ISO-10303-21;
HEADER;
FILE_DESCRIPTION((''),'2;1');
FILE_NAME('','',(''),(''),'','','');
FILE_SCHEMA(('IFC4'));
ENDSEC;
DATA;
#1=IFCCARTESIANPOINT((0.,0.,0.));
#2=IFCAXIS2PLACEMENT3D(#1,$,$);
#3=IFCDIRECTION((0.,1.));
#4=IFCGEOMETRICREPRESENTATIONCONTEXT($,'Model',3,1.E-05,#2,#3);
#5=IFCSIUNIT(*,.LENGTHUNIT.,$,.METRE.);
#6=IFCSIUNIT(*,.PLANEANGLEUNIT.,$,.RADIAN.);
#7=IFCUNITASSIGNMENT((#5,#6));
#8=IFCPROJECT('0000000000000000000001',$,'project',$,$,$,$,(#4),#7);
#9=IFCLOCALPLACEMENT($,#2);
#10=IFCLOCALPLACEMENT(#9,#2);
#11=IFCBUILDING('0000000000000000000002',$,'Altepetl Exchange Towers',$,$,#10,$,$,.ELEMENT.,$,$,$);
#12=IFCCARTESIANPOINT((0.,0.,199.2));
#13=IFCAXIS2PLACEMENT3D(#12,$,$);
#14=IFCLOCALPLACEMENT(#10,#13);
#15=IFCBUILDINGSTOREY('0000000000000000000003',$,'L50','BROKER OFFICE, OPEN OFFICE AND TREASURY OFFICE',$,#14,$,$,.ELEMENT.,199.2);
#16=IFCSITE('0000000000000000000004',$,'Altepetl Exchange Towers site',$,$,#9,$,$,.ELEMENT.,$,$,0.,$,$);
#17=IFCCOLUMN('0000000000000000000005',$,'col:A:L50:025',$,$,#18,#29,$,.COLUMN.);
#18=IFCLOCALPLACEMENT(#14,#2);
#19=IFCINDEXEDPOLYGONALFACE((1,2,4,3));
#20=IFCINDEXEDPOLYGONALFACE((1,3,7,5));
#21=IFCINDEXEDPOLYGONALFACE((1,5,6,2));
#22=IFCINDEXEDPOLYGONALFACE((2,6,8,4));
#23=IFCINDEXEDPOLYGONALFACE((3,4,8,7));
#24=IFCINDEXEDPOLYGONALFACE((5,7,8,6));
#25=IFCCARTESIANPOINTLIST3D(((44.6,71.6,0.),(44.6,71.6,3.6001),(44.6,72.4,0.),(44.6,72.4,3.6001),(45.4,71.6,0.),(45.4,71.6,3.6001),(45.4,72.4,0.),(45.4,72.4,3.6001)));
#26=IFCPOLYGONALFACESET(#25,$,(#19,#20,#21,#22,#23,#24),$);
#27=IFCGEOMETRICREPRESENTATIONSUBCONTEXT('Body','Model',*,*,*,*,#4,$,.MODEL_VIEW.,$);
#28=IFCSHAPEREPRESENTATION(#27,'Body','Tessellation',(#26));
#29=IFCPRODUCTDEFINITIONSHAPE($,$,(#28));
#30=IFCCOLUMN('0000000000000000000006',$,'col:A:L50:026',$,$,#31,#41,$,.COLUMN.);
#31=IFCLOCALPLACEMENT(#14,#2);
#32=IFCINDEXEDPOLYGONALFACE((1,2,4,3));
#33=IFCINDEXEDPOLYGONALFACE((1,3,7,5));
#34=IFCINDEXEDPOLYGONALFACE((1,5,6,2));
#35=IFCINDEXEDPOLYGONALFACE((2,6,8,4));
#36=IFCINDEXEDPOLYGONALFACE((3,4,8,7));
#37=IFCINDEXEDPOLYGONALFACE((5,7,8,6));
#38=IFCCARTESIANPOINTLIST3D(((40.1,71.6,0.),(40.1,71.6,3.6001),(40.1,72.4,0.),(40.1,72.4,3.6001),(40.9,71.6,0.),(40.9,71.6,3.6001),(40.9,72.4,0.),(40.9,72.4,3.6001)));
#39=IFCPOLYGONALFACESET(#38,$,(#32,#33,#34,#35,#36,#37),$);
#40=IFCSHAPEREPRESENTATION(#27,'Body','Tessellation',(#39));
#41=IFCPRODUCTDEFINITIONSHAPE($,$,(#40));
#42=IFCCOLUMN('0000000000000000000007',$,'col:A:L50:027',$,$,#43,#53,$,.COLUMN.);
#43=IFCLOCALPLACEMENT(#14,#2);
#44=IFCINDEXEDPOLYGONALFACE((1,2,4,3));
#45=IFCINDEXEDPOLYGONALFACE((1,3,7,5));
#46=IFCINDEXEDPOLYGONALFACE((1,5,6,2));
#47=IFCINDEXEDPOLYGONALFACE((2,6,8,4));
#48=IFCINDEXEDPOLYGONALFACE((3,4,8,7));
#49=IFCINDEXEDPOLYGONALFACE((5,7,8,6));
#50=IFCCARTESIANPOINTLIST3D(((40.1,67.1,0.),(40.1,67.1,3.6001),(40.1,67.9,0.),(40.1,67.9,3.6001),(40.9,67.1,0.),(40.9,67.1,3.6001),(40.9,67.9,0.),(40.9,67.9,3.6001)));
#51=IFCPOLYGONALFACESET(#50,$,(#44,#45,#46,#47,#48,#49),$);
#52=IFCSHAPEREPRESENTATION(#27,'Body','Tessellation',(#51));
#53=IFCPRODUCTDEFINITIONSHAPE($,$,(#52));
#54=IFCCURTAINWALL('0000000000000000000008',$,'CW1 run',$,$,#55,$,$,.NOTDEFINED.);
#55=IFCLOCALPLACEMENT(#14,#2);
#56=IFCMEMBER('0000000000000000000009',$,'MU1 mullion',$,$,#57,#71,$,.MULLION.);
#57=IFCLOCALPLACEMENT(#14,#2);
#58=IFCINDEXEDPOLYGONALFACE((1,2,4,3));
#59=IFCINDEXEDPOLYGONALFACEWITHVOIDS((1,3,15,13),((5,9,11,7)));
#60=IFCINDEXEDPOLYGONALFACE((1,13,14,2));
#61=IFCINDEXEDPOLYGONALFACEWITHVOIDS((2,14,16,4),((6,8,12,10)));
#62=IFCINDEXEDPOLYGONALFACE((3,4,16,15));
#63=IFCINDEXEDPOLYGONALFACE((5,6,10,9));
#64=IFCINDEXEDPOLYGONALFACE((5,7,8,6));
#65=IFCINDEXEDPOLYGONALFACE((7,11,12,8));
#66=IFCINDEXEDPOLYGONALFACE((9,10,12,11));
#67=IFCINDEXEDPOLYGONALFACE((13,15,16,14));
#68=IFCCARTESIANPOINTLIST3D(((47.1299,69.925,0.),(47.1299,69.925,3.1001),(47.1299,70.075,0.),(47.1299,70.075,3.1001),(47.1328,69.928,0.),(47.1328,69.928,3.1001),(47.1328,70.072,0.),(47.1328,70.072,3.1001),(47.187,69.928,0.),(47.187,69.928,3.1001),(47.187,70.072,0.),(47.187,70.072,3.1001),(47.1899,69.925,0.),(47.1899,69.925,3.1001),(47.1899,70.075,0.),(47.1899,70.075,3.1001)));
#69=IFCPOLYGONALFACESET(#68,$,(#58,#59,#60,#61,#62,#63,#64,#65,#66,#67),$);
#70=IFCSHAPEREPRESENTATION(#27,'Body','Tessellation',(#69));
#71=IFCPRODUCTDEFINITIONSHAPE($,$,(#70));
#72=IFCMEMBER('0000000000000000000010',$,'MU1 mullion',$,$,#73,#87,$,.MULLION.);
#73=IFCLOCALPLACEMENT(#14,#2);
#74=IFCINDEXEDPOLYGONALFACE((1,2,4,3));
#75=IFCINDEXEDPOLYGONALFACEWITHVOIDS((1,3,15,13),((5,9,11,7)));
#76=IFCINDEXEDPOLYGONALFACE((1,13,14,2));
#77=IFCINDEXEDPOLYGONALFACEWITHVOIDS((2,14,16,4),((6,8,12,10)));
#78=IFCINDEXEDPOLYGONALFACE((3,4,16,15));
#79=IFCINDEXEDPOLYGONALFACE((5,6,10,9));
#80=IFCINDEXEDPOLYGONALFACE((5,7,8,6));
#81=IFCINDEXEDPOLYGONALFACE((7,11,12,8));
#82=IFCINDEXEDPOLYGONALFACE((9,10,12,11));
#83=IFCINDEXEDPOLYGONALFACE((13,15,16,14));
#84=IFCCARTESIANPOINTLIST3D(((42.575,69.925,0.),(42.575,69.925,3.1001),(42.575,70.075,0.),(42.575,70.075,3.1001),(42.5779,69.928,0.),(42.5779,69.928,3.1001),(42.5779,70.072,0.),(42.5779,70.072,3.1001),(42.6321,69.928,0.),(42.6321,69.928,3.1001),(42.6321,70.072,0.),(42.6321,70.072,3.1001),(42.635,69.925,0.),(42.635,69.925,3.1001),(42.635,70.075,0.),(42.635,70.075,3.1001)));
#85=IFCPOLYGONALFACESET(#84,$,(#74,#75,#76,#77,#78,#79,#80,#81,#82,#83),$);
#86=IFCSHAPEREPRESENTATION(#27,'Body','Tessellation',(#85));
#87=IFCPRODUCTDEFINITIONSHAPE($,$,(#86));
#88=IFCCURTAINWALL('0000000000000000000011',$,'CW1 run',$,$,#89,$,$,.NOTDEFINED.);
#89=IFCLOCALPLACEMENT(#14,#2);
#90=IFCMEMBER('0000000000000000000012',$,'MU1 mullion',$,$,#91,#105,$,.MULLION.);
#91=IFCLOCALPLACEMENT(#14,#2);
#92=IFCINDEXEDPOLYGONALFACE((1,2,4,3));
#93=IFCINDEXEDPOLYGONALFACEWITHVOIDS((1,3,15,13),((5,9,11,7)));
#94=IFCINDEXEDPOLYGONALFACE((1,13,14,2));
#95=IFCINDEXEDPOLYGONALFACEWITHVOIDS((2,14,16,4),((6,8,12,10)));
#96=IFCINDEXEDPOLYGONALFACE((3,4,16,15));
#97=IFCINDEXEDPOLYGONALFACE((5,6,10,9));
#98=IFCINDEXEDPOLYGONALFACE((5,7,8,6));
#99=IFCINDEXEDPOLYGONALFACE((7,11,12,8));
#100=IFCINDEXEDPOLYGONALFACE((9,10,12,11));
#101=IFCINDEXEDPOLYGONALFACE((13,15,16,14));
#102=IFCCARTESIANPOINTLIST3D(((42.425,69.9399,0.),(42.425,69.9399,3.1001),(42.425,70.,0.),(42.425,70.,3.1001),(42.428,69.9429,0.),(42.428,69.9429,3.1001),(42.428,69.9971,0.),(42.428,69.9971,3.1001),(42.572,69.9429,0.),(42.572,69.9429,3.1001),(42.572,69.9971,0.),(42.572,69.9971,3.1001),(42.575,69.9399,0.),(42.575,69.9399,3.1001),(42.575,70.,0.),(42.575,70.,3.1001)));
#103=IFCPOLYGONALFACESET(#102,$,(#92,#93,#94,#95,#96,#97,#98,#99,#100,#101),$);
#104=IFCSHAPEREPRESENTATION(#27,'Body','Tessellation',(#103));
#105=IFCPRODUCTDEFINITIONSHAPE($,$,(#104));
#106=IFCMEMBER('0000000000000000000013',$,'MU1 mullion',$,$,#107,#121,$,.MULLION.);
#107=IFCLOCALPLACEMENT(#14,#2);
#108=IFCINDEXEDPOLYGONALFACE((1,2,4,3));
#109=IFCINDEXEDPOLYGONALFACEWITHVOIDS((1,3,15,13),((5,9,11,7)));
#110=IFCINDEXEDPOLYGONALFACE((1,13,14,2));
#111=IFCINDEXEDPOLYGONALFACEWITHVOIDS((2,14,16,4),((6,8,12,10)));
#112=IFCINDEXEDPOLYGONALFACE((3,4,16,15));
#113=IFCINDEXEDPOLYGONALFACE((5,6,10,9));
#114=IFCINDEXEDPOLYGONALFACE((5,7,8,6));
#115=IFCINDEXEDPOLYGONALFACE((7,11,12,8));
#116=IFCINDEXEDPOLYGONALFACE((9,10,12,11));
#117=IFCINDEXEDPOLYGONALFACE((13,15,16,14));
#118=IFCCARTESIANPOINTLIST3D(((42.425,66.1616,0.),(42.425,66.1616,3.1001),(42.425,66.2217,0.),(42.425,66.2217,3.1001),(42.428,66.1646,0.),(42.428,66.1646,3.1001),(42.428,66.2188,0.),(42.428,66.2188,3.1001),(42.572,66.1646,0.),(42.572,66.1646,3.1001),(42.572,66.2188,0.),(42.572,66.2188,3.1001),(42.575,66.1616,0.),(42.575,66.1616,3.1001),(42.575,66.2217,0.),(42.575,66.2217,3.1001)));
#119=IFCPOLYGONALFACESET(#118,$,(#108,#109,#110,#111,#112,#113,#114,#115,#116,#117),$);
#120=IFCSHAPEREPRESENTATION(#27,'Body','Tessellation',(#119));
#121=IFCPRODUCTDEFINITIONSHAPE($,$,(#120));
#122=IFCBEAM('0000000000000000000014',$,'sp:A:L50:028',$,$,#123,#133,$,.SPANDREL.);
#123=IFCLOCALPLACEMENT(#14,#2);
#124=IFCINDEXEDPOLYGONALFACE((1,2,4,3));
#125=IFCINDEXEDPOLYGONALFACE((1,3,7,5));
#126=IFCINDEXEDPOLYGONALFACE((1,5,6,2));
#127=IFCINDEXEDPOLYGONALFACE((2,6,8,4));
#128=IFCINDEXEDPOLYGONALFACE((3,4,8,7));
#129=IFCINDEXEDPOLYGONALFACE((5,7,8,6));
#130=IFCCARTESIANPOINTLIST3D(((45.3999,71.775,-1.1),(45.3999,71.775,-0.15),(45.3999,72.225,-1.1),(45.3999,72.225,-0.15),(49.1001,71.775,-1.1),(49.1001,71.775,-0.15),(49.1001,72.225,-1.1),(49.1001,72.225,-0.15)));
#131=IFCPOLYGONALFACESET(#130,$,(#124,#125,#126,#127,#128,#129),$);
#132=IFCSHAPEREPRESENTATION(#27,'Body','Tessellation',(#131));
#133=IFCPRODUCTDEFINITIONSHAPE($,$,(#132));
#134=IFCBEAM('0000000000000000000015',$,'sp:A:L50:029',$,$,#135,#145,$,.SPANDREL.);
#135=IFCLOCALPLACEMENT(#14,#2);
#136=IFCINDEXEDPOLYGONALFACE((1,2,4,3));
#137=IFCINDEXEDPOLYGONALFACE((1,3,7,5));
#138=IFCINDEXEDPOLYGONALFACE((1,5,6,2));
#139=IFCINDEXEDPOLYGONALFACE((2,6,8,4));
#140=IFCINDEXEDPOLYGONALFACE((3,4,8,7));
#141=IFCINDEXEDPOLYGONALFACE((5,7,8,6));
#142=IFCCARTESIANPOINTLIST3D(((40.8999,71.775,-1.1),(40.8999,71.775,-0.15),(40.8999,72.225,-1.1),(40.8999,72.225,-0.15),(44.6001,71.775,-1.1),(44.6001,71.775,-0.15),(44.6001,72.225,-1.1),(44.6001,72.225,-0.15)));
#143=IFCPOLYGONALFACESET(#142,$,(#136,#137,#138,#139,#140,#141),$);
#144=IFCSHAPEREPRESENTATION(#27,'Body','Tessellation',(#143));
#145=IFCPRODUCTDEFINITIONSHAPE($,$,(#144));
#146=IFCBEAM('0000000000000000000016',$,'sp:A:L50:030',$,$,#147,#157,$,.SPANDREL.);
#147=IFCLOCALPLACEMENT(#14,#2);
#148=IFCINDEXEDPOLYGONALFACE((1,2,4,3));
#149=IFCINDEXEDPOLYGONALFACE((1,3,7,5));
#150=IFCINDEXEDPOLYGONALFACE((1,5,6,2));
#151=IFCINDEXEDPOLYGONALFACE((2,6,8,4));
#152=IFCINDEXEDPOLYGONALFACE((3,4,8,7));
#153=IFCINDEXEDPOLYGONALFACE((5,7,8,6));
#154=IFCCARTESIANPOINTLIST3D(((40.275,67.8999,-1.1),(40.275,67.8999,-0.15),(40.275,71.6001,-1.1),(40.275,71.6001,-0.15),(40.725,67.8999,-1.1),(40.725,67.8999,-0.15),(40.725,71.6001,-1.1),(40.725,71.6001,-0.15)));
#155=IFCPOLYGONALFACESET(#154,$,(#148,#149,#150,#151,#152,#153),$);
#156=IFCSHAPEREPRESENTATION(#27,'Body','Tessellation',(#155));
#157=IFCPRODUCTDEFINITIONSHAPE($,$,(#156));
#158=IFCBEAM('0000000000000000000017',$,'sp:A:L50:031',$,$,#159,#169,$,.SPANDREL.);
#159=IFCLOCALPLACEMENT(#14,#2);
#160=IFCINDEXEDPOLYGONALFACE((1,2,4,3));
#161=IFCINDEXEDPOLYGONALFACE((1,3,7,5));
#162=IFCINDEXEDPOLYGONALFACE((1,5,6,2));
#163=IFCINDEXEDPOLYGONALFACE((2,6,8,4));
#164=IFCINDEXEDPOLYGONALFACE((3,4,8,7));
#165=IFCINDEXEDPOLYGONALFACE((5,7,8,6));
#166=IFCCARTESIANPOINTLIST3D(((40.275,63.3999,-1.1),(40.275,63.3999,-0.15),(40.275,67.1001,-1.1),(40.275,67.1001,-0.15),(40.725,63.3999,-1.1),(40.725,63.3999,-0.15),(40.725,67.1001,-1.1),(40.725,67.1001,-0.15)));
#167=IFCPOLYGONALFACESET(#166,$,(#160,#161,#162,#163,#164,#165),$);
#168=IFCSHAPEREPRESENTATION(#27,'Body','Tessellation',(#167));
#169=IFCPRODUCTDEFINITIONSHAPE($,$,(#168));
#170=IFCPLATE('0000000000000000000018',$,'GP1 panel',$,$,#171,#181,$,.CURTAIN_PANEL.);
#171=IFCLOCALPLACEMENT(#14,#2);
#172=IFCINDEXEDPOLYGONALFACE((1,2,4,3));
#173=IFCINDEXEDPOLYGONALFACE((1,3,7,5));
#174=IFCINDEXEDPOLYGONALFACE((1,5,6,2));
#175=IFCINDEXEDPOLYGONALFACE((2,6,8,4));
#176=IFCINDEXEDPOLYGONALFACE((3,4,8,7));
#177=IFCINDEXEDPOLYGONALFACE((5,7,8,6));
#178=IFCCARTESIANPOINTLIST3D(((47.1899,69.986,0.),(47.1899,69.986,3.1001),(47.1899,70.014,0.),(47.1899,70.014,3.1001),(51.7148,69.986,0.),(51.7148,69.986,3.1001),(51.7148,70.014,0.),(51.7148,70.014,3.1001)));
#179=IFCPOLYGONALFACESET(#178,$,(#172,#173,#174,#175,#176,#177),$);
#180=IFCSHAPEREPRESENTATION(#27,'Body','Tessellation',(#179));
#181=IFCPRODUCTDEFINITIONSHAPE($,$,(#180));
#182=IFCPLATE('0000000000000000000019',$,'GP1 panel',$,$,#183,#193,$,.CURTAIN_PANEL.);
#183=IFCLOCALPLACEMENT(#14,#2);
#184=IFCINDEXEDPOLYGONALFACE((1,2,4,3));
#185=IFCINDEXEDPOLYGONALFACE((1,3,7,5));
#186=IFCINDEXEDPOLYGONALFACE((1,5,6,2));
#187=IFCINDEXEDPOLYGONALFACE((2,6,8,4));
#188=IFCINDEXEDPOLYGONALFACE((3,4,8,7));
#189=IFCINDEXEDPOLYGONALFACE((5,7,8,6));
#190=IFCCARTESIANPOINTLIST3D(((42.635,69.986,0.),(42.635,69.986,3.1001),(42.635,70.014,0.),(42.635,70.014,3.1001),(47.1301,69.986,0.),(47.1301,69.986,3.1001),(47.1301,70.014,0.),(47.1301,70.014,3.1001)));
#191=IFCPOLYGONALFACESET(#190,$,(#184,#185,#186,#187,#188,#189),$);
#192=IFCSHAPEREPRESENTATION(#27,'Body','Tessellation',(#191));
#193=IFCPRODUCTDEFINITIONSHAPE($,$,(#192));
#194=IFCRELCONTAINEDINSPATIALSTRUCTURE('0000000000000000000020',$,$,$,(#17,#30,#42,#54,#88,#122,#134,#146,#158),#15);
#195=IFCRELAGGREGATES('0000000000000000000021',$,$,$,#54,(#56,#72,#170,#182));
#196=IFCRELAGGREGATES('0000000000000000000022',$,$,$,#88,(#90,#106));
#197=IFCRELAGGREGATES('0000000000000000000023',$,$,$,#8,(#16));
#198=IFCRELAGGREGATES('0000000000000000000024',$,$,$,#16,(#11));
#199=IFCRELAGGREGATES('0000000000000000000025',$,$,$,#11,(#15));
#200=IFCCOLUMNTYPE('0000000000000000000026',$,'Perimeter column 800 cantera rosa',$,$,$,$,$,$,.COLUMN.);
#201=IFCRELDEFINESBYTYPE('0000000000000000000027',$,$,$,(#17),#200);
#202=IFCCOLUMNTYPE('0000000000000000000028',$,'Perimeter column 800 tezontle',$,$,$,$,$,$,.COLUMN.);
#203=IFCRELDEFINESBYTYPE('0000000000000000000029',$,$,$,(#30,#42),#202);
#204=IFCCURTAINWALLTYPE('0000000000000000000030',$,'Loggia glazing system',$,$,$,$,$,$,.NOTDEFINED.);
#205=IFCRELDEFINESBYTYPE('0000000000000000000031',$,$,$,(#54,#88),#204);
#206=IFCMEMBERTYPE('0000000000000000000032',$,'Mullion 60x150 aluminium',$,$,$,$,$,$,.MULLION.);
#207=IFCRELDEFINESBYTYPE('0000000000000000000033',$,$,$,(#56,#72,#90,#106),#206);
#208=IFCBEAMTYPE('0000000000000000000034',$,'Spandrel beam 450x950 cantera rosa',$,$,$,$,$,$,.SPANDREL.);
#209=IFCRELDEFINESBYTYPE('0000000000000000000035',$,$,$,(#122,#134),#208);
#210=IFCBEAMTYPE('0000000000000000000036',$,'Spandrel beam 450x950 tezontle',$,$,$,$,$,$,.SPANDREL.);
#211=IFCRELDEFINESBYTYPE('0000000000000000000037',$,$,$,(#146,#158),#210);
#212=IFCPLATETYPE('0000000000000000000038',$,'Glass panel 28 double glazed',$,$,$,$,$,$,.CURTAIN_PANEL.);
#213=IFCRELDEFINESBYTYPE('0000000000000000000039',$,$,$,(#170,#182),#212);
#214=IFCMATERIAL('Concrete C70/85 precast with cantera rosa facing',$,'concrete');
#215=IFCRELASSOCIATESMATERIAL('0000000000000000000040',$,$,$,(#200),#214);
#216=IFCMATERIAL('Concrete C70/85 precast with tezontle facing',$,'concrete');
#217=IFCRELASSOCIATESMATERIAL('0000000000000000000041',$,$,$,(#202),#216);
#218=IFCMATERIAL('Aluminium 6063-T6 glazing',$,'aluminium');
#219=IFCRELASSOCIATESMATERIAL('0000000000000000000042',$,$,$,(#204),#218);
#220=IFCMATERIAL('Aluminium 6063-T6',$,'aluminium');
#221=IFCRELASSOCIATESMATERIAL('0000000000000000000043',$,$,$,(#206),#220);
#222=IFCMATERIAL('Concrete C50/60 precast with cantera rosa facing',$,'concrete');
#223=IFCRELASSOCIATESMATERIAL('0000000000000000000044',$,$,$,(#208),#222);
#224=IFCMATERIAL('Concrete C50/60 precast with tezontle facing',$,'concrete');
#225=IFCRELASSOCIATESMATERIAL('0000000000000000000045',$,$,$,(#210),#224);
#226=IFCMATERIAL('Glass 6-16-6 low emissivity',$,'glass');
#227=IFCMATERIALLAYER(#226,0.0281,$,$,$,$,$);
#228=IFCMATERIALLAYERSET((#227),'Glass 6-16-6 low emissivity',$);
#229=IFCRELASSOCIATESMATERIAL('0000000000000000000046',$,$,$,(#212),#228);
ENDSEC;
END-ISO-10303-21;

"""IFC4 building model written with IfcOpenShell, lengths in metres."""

from ifc_helpers import new_model, si_unit, direction, frame, origin, origin_2d, place, context, subcontext, project, spatial, rectangle, hollow_rectangle, extrude, material, layer, layer_set, material_profile, profile_set, type_object, element, aggregate, save


model = new_model("IFC4")

# Units and contexts
model_context = context("Model", 3, precision=1e-05, world=origin(), true_north=direction((0.0, 1.0)))
body_context = subcontext(model_context, "Body", "Model", "MODEL_VIEW")
ifc_project = project(units=[si_unit("LENGTHUNIT", "METRE"), si_unit("PLANEANGLEUNIT", "RADIAN")], contexts=[model_context])

# Site, building, storey
site_placement = place(None, origin())
site = spatial("IfcSite", under=ifc_project, at=site_placement, Name="Altepetl Exchange Towers site", CompositionType="ELEMENT", RefElevation=0.0)
building_placement = place(site_placement, origin())
building = spatial("IfcBuilding", under=site, at=building_placement, Name="Altepetl Exchange Towers", CompositionType="ELEMENT")
storey_placement = place(building_placement, frame((0.0, 0.0, 199.2)))
storey = spatial("IfcBuildingStorey", under=building, at=storey_placement, Name="L50", Description="BROKER OFFICE, OPEN OFFICE AND TREASURY OFFICE", CompositionType="ELEMENT", Elevation=199.2)

# Columns
ifc_material_1 = material(Name="Concrete C70/85 precast with cantera rosa facing", Category="concrete")
ifc_material_profile_1 = material_profile(ifc_material_1, rectangle(XDim=0.8, YDim=0.8, at=origin_2d()), Name="800 x 800")
ifc_profile_set_1 = profile_set([ifc_material_profile_1], Name="Concrete C70/85 precast with cantera rosa facing")
column_type_1 = type_object("IfcColumnType", Name="Perimeter column 800 cantera rosa", PredefinedType="COLUMN", material=ifc_profile_set_1)
column_placement = place(storey_placement, frame((45.0, 72.0, 0.0)))
element("IfcColumn", 1, at=column_placement, inside=storey, type_object=column_type_1, Name="col:A:L50:025", PredefinedType="COLUMN", context=body_context, shape_type="SweptSolid", body=[
    extrude(rectangle(XDim=0.8, YDim=0.8, at=origin_2d()), origin(), (0.0, 0.0, 1.0), 3.6001),
])
ifc_material_2 = material(Name="Concrete C70/85 precast with tezontle facing", Category="concrete")
ifc_material_profile_2 = material_profile(ifc_material_2, rectangle(XDim=0.8, YDim=0.8, at=origin_2d()), Name="800 x 800")
ifc_profile_set_2 = profile_set([ifc_material_profile_2], Name="Concrete C70/85 precast with tezontle facing")
column_type_2 = type_object("IfcColumnType", Name="Perimeter column 800 tezontle", PredefinedType="COLUMN", material=ifc_profile_set_2)
for number, where, name in (
    (2, (40.5, 72.0, 0.0), "col:A:L50:026"),
    (3, (40.5, 67.5, 0.0), "col:A:L50:027"),
):
    element("IfcColumn", number, at=place(storey_placement, frame(where)), inside=storey, type_object=column_type_2, Name=name, PredefinedType="COLUMN", context=body_context, shape_type="SweptSolid", body=[
        extrude(rectangle(XDim=0.8, YDim=0.8, at=origin_2d()), origin(), (0.0, 0.0, 1.0), 3.6001),
    ])

# Curtain walls, members
ifc_material_3 = material(Name="Aluminium 6063-T6 glazing", Category="aluminium")
curtain_wall_type = type_object("IfcCurtainWallType", Name="Loggia glazing system", PredefinedType="NOTDEFINED", material=ifc_material_3)
curtain_wall_1_placement = place(storey_placement, origin())
curtain_wall_1 = element("IfcCurtainWall", 4, at=curtain_wall_1_placement, inside=storey, type_object=curtain_wall_type, Name="CW1 run", PredefinedType="NOTDEFINED")
ifc_material_4 = material(Name="Aluminium 6063-T6", Category="aluminium")
ifc_material_profile_3 = material_profile(ifc_material_4, hollow_rectangle(XDim=0.0601, YDim=0.1499, WallThickness=0.0029, at=origin_2d()), Name="Mullion 60x150 aluminium")
ifc_profile_set_3 = profile_set([ifc_material_profile_3], Name="Aluminium 6063-T6")
member_type = type_object("IfcMemberType", Name="Mullion 60x150 aluminium", PredefinedType="MULLION", material=ifc_profile_set_3)
member_1_placement = place(storey_placement, frame((47.1599, 70.0, 0.0), z_axis=(0.0, 0.0, 1.0), x_axis=(-1.0, 0.0, 0.0)))
member_1 = element("IfcMember", 5, at=member_1_placement, type_object=member_type, Name="MU1 mullion", PredefinedType="MULLION", context=body_context, shape_type="SweptSolid", body=[
    extrude(hollow_rectangle(XDim=0.0601, YDim=0.1499, WallThickness=0.0029, at=origin_2d()), origin(), (0.0, 0.0, 1.0), 3.1001),
])
member_2_placement = place(storey_placement, frame((42.605, 70.0, 0.0), z_axis=(0.0, 0.0, 1.0), x_axis=(-1.0, 0.0, 0.0)))
member_2 = element("IfcMember", 6, at=member_2_placement, type_object=member_type, Name="MU1 mullion", PredefinedType="MULLION", context=body_context, shape_type="SweptSolid", body=[
    extrude(hollow_rectangle(XDim=0.0601, YDim=0.1499, WallThickness=0.0029, at=origin_2d()), origin(), (0.0, 0.0, 1.0), 3.1001),
])
curtain_wall_2_placement = place(storey_placement, origin())
curtain_wall_2 = element("IfcCurtainWall", 7, at=curtain_wall_2_placement, inside=storey, type_object=curtain_wall_type, Name="CW1 run", PredefinedType="NOTDEFINED")
member_3_placement = place(storey_placement, frame((42.5, 69.97, 0.0), z_axis=(0.0, 0.0, 1.0), x_axis=(0.0, -1.0, 0.0)))
member_3 = element("IfcMember", 8, at=member_3_placement, type_object=member_type, Name="MU1 mullion", PredefinedType="MULLION", context=body_context, shape_type="SweptSolid", body=[
    extrude(hollow_rectangle(XDim=0.0601, YDim=0.1499, WallThickness=0.0029, at=origin_2d()), origin(), (0.0, 0.0, 1.0), 3.1001),
])
member_4_placement = place(storey_placement, frame((42.5, 66.1917, 0.0), z_axis=(0.0, 0.0, 1.0), x_axis=(0.0, -1.0, 0.0)))
member_4 = element("IfcMember", 9, at=member_4_placement, type_object=member_type, Name="MU1 mullion", PredefinedType="MULLION", context=body_context, shape_type="SweptSolid", body=[
    extrude(hollow_rectangle(XDim=0.0601, YDim=0.1499, WallThickness=0.0029, at=origin_2d()), origin(), (0.0, 0.0, 1.0), 3.1001),
])

# Beams
ifc_material_5 = material(Name="Concrete C50/60 precast with cantera rosa facing", Category="concrete")
ifc_material_profile_4 = material_profile(ifc_material_5, rectangle(XDim=0.45, YDim=0.95, at=origin_2d()), Name="450 x 950")
ifc_profile_set_4 = profile_set([ifc_material_profile_4], Name="Concrete C50/60 precast with cantera rosa facing")
beam_type_1 = type_object("IfcBeamType", Name="Spandrel beam 450x950 cantera rosa", PredefinedType="SPANDREL", material=ifc_profile_set_4)
for number, where, z_axis, x_axis, name in (
    (10, (49.1001, 72.0, -0.625), (-1.0, 0.0, 0.0), (0.0, -1.0, 0.0), "sp:A:L50:028"),
    (11, (44.6001, 72.0, -0.625), (-1.0, 0.0, 0.0), (0.0, -1.0, 0.0), "sp:A:L50:029"),
):
    element("IfcBeam", number, at=place(storey_placement, frame(where, z_axis=z_axis, x_axis=x_axis)), inside=storey, type_object=beam_type_1, Name=name, PredefinedType="SPANDREL", context=body_context, shape_type="SweptSolid", body=[
        extrude(rectangle(XDim=0.45, YDim=0.95, at=origin_2d()), origin(), (0.0, 0.0, 1.0), 3.7002),
    ])
ifc_material_6 = material(Name="Concrete C50/60 precast with tezontle facing", Category="concrete")
ifc_material_profile_5 = material_profile(ifc_material_6, rectangle(XDim=0.45, YDim=0.95, at=origin_2d()), Name="450 x 950")
ifc_profile_set_5 = profile_set([ifc_material_profile_5], Name="Concrete C50/60 precast with tezontle facing")
beam_type_2 = type_object("IfcBeamType", Name="Spandrel beam 450x950 tezontle", PredefinedType="SPANDREL", material=ifc_profile_set_5)
for number, where, z_axis, x_axis, name in (
    (12, (40.5, 71.6001, -0.625), (0.0, -1.0, 0.0), (1.0, 0.0, 0.0), "sp:A:L50:030"),
    (13, (40.5, 67.1001, -0.625), (0.0, -1.0, 0.0), (1.0, 0.0, 0.0), "sp:A:L50:031"),
):
    element("IfcBeam", number, at=place(storey_placement, frame(where, z_axis=z_axis, x_axis=x_axis)), inside=storey, type_object=beam_type_2, Name=name, PredefinedType="SPANDREL", context=body_context, shape_type="SweptSolid", body=[
        extrude(rectangle(XDim=0.45, YDim=0.95, at=origin_2d()), origin(), (0.0, 0.0, 1.0), 3.7002),
    ])

# Plates
ifc_material_7 = material(Name="Glass 6-16-6 low emissivity", Category="glass")
ifc_layer = layer(ifc_material_7, 0.0281)
ifc_layer_set = layer_set([ifc_layer], Name="Glass 6-16-6 low emissivity")
plate_type = type_object("IfcPlateType", Name="Glass panel 28 double glazed", PredefinedType="CURTAIN_PANEL", material=ifc_layer_set)
plate_1_placement = place(storey_placement, frame((49.4524, 70.0, 0.0), z_axis=(0.0, 0.0, 1.0), x_axis=(-1.0, 0.0, 0.0)))
plate_1 = element("IfcPlate", 14, at=plate_1_placement, type_object=plate_type, Name="GP1 panel", PredefinedType="CURTAIN_PANEL", context=body_context, shape_type="SweptSolid", body=[
    extrude(rectangle(XDim=4.5249, YDim=0.0281, at=origin_2d()), origin(), (0.0, 0.0, 1.0), 3.1001),
])
plate_2_placement = place(storey_placement, frame((44.8826, 70.0, 0.0), z_axis=(0.0, 0.0, 1.0), x_axis=(-1.0, 0.0, 0.0)))
plate_2 = element("IfcPlate", 15, at=plate_2_placement, type_object=plate_type, Name="GP1 panel", PredefinedType="CURTAIN_PANEL", context=body_context, shape_type="SweptSolid", body=[
    extrude(rectangle(XDim=4.4951, YDim=0.0281, at=origin_2d()), origin(), (0.0, 0.0, 1.0), 3.1001),
])
aggregate(curtain_wall_1, [member_1, member_2, plate_1, plate_2])
aggregate(curtain_wall_2, [member_3, member_4])

save(model, "model.ifc")
